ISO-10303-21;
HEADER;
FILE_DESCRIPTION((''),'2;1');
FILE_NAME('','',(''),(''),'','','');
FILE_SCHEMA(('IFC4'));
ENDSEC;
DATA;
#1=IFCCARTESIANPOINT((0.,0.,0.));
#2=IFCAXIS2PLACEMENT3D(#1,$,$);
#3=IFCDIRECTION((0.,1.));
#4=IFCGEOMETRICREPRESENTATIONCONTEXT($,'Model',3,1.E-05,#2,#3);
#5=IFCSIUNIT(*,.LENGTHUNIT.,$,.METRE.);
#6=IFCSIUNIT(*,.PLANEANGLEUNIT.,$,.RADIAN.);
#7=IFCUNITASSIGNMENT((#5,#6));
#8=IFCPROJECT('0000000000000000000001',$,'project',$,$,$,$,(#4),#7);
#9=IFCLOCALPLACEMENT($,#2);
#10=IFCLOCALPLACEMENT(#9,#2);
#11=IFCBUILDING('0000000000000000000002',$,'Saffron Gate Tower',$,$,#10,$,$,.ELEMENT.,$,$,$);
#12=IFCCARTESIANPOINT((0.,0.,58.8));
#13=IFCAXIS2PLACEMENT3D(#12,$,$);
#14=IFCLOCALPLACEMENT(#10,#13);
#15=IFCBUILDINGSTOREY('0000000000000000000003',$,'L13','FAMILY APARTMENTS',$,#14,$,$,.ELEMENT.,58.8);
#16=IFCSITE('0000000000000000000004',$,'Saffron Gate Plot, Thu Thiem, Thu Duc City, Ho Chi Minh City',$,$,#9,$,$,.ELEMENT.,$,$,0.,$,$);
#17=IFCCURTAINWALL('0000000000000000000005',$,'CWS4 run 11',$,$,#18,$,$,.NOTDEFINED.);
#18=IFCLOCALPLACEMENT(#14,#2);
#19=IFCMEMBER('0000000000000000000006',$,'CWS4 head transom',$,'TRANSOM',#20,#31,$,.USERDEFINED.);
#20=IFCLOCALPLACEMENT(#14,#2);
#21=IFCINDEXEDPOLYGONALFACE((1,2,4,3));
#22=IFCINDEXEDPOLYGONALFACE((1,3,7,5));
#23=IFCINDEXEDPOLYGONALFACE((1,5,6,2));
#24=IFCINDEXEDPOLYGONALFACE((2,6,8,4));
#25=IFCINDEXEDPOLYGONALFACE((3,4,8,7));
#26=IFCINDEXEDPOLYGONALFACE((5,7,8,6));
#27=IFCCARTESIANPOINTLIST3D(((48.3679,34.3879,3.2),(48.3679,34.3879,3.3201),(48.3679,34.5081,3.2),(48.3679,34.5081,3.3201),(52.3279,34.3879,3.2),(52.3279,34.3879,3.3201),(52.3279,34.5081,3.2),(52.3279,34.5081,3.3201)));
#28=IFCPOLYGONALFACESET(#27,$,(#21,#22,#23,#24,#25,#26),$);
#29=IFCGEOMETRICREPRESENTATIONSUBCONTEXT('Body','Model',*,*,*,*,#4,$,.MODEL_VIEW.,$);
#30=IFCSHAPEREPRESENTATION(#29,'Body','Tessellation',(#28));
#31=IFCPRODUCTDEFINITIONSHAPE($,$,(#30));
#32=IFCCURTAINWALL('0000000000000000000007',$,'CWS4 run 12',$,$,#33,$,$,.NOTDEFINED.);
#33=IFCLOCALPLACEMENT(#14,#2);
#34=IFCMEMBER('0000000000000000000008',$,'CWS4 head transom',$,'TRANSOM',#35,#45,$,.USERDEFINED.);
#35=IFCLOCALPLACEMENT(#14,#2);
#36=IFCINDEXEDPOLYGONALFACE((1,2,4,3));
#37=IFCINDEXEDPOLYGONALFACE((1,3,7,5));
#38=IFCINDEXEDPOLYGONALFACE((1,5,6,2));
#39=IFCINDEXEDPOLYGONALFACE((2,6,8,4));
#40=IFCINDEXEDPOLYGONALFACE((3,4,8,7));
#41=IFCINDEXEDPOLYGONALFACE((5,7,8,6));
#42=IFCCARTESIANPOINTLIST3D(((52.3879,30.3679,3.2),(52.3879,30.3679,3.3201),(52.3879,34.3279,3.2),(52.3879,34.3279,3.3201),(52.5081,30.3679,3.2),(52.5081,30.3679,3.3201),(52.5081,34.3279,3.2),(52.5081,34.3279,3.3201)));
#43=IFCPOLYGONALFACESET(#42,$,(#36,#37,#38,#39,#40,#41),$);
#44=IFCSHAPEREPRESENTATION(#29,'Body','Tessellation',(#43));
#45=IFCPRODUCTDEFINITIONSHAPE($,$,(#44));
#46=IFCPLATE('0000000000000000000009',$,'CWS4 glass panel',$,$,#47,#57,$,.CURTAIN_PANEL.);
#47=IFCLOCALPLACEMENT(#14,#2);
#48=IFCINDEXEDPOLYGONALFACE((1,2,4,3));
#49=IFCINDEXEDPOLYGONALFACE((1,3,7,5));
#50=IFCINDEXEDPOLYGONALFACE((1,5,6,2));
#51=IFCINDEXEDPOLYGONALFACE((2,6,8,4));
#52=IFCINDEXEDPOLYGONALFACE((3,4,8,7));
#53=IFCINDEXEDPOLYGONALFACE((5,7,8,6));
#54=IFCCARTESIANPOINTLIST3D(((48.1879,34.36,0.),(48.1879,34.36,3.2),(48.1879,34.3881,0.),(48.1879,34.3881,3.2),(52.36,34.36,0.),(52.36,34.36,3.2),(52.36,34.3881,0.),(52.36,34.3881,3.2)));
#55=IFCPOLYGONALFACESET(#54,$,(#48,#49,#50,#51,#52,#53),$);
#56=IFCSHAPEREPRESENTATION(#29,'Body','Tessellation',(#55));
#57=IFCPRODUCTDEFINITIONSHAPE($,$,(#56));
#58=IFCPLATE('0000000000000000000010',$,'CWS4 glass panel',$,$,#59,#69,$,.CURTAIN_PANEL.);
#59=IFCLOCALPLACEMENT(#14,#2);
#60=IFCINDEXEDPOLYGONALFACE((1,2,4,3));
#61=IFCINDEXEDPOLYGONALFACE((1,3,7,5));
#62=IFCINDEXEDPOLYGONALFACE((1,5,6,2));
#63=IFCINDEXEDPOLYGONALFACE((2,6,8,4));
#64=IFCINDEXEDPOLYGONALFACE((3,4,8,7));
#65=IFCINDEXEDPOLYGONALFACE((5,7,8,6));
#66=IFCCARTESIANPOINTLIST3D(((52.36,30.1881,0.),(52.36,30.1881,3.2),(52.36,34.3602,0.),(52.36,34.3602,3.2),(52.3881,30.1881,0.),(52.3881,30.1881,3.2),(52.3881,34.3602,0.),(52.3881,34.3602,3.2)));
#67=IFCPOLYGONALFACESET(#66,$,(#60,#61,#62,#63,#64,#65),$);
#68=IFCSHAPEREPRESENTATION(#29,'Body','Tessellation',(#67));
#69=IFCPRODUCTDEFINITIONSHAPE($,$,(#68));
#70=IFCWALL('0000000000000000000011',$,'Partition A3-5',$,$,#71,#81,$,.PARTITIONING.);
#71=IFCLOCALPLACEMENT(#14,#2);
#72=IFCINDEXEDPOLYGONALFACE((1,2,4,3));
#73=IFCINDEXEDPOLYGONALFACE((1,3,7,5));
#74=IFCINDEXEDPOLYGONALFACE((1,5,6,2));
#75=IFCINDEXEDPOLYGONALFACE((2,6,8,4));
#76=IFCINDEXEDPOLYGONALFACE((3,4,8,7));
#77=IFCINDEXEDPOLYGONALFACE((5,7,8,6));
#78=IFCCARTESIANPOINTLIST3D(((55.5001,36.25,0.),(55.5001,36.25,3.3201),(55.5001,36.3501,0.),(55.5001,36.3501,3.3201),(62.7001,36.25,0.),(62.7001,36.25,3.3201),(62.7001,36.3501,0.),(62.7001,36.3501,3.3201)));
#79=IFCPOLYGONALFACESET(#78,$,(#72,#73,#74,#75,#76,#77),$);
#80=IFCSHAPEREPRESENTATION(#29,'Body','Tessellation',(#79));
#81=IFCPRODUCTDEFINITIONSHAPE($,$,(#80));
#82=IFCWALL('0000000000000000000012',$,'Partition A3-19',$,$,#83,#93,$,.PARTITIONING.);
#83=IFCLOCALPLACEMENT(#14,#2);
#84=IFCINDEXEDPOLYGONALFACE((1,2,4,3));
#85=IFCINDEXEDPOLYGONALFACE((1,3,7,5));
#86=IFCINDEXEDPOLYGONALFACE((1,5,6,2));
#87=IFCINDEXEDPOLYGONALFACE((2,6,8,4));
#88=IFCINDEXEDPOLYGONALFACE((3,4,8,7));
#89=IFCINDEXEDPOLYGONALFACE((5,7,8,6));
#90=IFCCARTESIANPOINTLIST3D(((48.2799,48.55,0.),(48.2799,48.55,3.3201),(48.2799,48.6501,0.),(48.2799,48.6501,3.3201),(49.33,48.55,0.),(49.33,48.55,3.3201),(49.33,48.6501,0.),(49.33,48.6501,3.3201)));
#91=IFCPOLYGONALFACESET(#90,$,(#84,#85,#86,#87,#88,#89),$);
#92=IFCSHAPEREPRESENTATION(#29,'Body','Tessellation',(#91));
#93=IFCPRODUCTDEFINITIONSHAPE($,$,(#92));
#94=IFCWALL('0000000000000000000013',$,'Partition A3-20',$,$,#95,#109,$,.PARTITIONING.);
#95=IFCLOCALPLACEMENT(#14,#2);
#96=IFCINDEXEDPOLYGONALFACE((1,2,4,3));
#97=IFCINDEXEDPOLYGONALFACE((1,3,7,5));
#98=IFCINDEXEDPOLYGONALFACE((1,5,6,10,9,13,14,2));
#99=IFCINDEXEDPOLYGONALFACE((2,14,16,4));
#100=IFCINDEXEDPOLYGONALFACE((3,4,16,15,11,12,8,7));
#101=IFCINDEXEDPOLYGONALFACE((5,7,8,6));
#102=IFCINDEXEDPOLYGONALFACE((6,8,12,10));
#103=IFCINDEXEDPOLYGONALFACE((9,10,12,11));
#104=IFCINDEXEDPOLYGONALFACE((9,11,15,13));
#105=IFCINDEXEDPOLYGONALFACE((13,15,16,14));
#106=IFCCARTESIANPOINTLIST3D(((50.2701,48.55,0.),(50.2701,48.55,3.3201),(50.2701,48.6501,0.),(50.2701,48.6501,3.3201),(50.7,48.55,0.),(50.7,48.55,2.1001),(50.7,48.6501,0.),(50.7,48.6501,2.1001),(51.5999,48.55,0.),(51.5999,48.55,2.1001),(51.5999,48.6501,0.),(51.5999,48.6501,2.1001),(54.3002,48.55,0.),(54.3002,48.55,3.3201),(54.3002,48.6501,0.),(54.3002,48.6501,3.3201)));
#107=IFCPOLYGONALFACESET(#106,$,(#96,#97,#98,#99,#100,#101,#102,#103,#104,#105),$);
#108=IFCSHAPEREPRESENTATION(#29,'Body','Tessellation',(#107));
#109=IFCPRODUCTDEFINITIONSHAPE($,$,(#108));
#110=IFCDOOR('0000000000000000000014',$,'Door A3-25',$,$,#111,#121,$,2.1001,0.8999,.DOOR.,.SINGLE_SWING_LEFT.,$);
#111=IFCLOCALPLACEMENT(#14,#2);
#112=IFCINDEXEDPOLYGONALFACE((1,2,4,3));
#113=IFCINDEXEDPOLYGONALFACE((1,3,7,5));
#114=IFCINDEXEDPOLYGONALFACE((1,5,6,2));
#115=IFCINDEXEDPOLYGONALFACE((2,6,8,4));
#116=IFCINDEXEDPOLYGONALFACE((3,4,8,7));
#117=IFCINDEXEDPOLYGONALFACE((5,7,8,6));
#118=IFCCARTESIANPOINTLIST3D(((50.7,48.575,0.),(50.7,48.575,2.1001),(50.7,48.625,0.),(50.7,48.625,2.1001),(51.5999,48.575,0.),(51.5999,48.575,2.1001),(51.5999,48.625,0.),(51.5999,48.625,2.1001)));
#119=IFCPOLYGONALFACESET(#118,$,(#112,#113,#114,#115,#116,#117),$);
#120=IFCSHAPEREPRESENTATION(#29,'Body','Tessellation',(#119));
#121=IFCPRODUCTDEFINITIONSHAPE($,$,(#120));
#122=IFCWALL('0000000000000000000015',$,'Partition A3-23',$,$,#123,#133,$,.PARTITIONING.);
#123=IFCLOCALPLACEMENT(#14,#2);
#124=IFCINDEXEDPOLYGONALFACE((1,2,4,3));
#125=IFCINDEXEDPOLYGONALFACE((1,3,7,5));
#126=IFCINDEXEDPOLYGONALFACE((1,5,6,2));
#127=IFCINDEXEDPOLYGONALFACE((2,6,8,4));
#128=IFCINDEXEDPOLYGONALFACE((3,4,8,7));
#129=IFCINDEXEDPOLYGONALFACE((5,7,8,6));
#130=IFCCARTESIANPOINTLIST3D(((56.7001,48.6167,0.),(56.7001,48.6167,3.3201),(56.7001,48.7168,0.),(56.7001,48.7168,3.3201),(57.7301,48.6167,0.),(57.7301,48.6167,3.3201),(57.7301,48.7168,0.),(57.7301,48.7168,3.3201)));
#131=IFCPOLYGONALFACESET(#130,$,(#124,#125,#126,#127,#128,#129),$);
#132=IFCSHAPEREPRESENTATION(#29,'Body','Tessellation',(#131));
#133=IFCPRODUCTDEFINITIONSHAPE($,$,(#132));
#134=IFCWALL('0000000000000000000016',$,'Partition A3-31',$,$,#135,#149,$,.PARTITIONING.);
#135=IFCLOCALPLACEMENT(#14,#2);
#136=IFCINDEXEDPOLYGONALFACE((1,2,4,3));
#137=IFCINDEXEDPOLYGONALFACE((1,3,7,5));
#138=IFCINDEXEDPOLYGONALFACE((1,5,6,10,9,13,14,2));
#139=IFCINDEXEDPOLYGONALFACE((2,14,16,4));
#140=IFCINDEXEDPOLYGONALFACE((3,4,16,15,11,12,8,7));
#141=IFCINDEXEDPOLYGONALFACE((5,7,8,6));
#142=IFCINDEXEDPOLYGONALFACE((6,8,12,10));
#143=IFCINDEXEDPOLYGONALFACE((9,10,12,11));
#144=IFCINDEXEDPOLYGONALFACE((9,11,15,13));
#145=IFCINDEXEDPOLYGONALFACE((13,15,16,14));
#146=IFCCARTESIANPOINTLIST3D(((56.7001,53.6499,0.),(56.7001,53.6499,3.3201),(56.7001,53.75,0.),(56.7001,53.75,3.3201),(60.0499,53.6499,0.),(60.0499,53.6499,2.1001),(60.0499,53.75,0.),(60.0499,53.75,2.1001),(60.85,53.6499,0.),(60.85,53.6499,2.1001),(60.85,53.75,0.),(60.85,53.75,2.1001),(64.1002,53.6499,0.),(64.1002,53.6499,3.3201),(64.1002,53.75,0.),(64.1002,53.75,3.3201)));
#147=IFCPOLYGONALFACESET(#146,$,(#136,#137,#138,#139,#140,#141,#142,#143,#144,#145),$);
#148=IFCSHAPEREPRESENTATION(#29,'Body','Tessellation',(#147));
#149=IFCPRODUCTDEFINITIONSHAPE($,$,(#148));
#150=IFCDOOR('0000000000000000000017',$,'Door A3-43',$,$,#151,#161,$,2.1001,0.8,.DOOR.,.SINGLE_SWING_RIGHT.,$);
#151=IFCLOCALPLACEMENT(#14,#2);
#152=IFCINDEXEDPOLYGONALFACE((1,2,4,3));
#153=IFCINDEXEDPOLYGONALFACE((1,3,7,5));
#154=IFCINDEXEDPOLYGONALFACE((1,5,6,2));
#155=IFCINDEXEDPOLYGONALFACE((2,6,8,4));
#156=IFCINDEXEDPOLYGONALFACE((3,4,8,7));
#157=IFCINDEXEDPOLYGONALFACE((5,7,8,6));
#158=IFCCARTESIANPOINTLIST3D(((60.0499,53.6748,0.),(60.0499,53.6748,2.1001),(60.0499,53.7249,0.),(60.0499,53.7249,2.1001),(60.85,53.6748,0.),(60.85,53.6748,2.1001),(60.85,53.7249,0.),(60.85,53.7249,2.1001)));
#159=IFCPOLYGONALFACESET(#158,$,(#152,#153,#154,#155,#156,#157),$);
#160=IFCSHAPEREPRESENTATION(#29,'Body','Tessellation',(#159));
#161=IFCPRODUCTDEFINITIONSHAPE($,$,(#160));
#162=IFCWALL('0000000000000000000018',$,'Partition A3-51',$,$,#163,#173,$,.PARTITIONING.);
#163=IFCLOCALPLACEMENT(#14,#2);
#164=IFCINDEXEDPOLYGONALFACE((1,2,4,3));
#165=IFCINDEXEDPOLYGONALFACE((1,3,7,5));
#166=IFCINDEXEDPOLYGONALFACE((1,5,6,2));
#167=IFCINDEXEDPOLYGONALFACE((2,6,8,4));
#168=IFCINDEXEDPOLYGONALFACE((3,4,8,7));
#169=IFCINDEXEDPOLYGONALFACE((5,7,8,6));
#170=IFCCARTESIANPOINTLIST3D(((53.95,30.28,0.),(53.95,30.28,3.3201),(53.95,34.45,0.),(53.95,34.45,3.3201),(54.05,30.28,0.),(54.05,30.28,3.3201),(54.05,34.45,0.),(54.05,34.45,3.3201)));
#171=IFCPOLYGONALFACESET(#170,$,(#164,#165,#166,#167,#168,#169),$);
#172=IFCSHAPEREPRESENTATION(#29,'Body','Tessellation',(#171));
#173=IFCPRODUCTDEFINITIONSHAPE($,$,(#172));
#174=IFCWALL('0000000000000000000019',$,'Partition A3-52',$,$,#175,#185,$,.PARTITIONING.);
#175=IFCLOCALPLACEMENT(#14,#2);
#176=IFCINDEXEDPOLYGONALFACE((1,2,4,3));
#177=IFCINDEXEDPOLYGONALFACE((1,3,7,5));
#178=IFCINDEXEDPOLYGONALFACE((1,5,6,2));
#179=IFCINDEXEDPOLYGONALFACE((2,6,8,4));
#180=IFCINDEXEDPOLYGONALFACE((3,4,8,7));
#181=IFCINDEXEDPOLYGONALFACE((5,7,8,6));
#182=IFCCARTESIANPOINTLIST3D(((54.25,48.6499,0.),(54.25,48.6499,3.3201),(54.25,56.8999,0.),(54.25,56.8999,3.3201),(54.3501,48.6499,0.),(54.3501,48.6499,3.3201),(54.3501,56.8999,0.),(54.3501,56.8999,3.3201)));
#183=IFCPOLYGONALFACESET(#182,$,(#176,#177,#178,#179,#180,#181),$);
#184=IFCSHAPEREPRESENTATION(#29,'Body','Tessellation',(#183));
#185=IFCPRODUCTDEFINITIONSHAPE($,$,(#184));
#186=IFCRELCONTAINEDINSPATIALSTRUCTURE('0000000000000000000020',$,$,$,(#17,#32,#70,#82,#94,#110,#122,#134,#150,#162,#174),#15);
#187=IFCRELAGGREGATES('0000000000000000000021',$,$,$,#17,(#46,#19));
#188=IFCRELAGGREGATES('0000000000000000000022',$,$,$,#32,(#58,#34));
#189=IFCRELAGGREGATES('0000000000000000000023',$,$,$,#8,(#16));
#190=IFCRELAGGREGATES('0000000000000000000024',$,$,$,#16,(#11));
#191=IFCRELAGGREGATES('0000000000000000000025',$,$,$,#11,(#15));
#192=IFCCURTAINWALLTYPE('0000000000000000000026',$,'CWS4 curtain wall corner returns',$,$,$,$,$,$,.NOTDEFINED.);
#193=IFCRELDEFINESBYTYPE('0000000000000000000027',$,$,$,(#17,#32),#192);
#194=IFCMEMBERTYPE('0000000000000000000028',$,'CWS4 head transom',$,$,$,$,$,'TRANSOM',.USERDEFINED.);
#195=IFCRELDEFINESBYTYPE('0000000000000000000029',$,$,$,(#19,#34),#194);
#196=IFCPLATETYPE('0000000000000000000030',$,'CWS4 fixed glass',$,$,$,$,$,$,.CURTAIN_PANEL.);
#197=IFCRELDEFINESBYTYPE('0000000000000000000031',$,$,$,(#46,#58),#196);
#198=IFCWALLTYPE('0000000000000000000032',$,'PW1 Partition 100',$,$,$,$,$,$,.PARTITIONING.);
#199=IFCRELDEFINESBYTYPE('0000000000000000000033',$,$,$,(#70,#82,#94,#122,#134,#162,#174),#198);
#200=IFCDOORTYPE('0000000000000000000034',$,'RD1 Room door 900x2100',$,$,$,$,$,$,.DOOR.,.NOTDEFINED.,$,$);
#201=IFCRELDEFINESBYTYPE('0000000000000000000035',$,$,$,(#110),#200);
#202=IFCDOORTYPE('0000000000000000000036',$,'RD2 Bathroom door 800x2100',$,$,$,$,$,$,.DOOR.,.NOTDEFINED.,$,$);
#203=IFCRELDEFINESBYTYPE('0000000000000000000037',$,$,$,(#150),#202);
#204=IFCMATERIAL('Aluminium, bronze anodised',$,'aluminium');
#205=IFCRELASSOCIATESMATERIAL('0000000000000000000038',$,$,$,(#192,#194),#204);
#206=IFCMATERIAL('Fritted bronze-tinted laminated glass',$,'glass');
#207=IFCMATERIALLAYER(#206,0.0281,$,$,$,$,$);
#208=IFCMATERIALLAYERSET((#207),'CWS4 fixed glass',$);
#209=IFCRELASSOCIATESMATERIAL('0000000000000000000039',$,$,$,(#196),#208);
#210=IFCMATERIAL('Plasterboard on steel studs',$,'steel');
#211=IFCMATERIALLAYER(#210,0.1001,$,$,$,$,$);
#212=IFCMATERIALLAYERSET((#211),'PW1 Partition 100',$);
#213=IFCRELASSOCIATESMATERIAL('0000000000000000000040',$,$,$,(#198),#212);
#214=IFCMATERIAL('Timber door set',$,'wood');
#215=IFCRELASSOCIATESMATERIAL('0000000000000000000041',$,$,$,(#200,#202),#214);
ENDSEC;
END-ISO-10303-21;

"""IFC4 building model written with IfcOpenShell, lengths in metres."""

from ifc_helpers import new_model, si_unit, direction, frame, frame_2d, origin, origin_2d, place, context, subcontext, project, spatial, rectangle, extrude, material, layer, layer_set, material_profile, profile_set, type_object, element, fill, aggregate, save


model = new_model("IFC4")

# Units and contexts
model_context = context("Model", 3, precision=1e-05, world=origin(), true_north=direction((0.0, 1.0)))
body_context = subcontext(model_context, "Body", "Model", "MODEL_VIEW")
ifc_project = project(units=[si_unit("LENGTHUNIT", "METRE"), si_unit("PLANEANGLEUNIT", "RADIAN")], contexts=[model_context])

# Site, building, storey
site_placement = place(None, origin())
site = spatial("IfcSite", under=ifc_project, at=site_placement, Name="Saffron Gate Plot, Thu Thiem, Thu Duc City, Ho Chi Minh City", CompositionType="ELEMENT", RefElevation=0.0)
building_placement = place(site_placement, origin())
building = spatial("IfcBuilding", under=site, at=building_placement, Name="Saffron Gate Tower", CompositionType="ELEMENT")
storey_placement = place(building_placement, frame((0.0, 0.0, 58.8)))
storey = spatial("IfcBuildingStorey", under=building, at=storey_placement, Name="L13", Description="FAMILY APARTMENTS", CompositionType="ELEMENT", Elevation=58.8)

# Shared definitions
ifc_material_1 = material(Name="Aluminium, bronze anodised", Category="aluminium")

# Curtain walls, members
curtain_wall_type_1 = type_object("IfcCurtainWallType", Name="CWS4 curtain wall corner returns", PredefinedType="NOTDEFINED", material=ifc_material_1)
curtain_wall_1_placement = place(storey_placement, origin())
curtain_wall_1 = element("IfcCurtainWall", 1, at=curtain_wall_1_placement, inside=storey, type_object=curtain_wall_type_1, Name="CWS4 run 11", PredefinedType="NOTDEFINED")
ifc_material_profile_1 = material_profile(ifc_material_1, rectangle(XDim=0.1201, YDim=0.1201, at=origin_2d()))
ifc_profile_set_1 = profile_set([ifc_material_profile_1], Name="Aluminium, bronze anodised")
member_type_1 = type_object("IfcMemberType", Name="CWS4 head transom", ElementType="TRANSOM", PredefinedType="USERDEFINED", material=ifc_profile_set_1)
member_1_placement = place(storey_placement, frame((48.3679, 34.448, 3.26), z_axis=(1.0, 0.0, 0.0), x_axis=(0.0, 1.0, 0.0)))
member_1 = element("IfcMember", 2, at=member_1_placement, type_object=member_type_1, Name="CWS4 head transom", ObjectType="TRANSOM", PredefinedType="USERDEFINED", context=body_context, shape_type="SweptSolid", body=[
    extrude(rectangle(XDim=0.1201, YDim=0.1201, at=origin_2d()), origin(), (0.0, 0.0, 1.0), 3.96),
])
curtain_wall_2_placement = place(storey_placement, origin())
curtain_wall_2 = element("IfcCurtainWall", 3, at=curtain_wall_2_placement, inside=storey, type_object=curtain_wall_type_1, Name="CWS4 run 12", PredefinedType="NOTDEFINED")
member_2_placement = place(storey_placement, frame((52.448, 34.3279, 3.26), z_axis=(0.0, -1.0, 0.0), x_axis=(1.0, 0.0, 0.0)))
member_2 = element("IfcMember", 4, at=member_2_placement, type_object=member_type_1, Name="CWS4 head transom", ObjectType="TRANSOM", PredefinedType="USERDEFINED", context=body_context, shape_type="SweptSolid", body=[
    extrude(rectangle(XDim=0.1201, YDim=0.1201, at=origin_2d()), origin(), (0.0, 0.0, 1.0), 3.96),
])

# Plates
ifc_material_2 = material(Name="Fritted bronze-tinted laminated glass", Category="glass")
ifc_layer_1 = layer(ifc_material_2, 0.0281)
ifc_layer_set_1 = layer_set([ifc_layer_1], Name="CWS4 fixed glass")
plate_type = type_object("IfcPlateType", Name="CWS4 fixed glass", PredefinedType="CURTAIN_PANEL", material=ifc_layer_set_1)
plate_1_placement = place(storey_placement, frame((48.188, 34.374, 0.0), z_axis=(0.0, 0.0, 1.0), x_axis=(1.0, 0.0, 0.0)))
plate_1 = element("IfcPlate", 5, at=plate_1_placement, type_object=plate_type, Name="CWS4 glass panel", PredefinedType="CURTAIN_PANEL", context=body_context, shape_type="SweptSolid", body=[
    extrude(rectangle(XDim=4.1721, YDim=0.0281, at=frame_2d((2.0859, 0.0))), origin(), (0.0, 0.0, 1.0), 3.2),
])
aggregate(curtain_wall_1, [plate_1, member_1])
plate_2_placement = place(storey_placement, frame((52.374, 34.3601, 0.0), z_axis=(0.0, 0.0, 1.0), x_axis=(0.0, -1.0, 0.0)))
plate_2 = element("IfcPlate", 6, at=plate_2_placement, type_object=plate_type, Name="CWS4 glass panel", PredefinedType="CURTAIN_PANEL", context=body_context, shape_type="SweptSolid", body=[
    extrude(rectangle(XDim=4.1721, YDim=0.0281, at=frame_2d((2.0859, 0.0))), origin(), (0.0, 0.0, 1.0), 3.2),
])
aggregate(curtain_wall_2, [plate_2, member_2])

# Walls
ifc_material_3 = material(Name="Plasterboard on steel studs", Category="steel")
ifc_layer_2 = layer(ifc_material_3, 0.1001)
ifc_layer_set_2 = layer_set([ifc_layer_2], Name="PW1 Partition 100")
wall_type_1 = type_object("IfcWallType", Name="PW1 Partition 100", PredefinedType="PARTITIONING", material=ifc_layer_set_2)
wall_1_placement = place(storey_placement, frame((55.5, 36.3, 0.0), z_axis=(0.0, 0.0, 1.0), x_axis=(1.0, 0.0, 0.0)))
element("IfcWall", 7, at=wall_1_placement, inside=storey, type_object=wall_type_1, Name="Partition A3-5", PredefinedType="PARTITIONING", context=body_context, shape_type="SweptSolid", body=[
    extrude(rectangle(XDim=7.2, YDim=0.1001, at=frame_2d((3.6001, 0.0))), origin(), (0.0, 0.0, 1.0), 3.3201),
])
wall_2_placement = place(storey_placement, frame((48.28, 48.6001, 0.0), z_axis=(0.0, 0.0, 1.0), x_axis=(1.0, 0.0, 0.0)))
element("IfcWall", 8, at=wall_2_placement, inside=storey, type_object=wall_type_1, Name="Partition A3-19", PredefinedType="PARTITIONING", context=body_context, shape_type="SweptSolid", body=[
    extrude(rectangle(XDim=1.05, YDim=0.1001, at=frame_2d((0.5249, 0.0))), origin(), (0.0, 0.0, 1.0), 3.3201),
])

# Wall, opening, door
wall_3_placement = place(storey_placement, frame((50.27, 48.6001, 0.0), z_axis=(0.0, 0.0, 1.0), x_axis=(1.0, 0.0, 0.0)))
wall_3 = element("IfcWall", 9, at=wall_3_placement, inside=storey, type_object=wall_type_1, Name="Partition A3-20", PredefinedType="PARTITIONING", context=body_context, shape_type="SweptSolid", body=[
    extrude(rectangle(XDim=4.03, YDim=0.1001, at=frame_2d((2.0151, 0.0))), origin(), (0.0, 0.0, 1.0), 3.3201),
])
opening_1_placement = place(wall_3_placement, frame((0.4299, 0.0, 0.0)))
opening_1 = element("IfcOpeningElement", 10, at=opening_1_placement, cuts=wall_3, PredefinedType="OPENING", context=body_context, shape_type="SweptSolid", body=[
    extrude(rectangle(XDim=0.8999, YDim=2.1001, at=frame_2d((0.45, 1.05))), frame((0.0, 0.0601, 0.0), z_axis=(0.0, -1.0, 0.0), x_axis=(1.0, 0.0, 0.0)), (0.0, 0.0, 1.0), 0.1201),
])
ifc_material_4 = material(Name="Timber door set", Category="wood")
door_type_1 = type_object("IfcDoorType", Name="RD1 Room door 900x2100", OperationType="NOTDEFINED", PredefinedType="DOOR", material=ifc_material_4)
door_1_placement = place(opening_1_placement, origin())
door_1 = element("IfcDoor", 11, at=door_1_placement, inside=storey, type_object=door_type_1, Name="Door A3-25", OperationType="SINGLE_SWING_LEFT", OverallHeight=2.1001, OverallWidth=0.8999, PredefinedType="DOOR", context=body_context, shape_type="SweptSolid", body=[
    extrude(rectangle(XDim=0.8999, YDim=2.1001, at=frame_2d((0.45, 1.05))), frame((0.0, 0.0249, 0.0), z_axis=(0.0, -1.0, 0.0), x_axis=(1.0, 0.0, 0.0)), (0.0, 0.0, 1.0), 0.05),
])
fill(opening_1, door_1)

# Wall
wall_4_placement = place(storey_placement, frame((56.7, 48.6667, 0.0), z_axis=(0.0, 0.0, 1.0), x_axis=(1.0, 0.0, 0.0)))
element("IfcWall", 12, at=wall_4_placement, inside=storey, type_object=wall_type_1, Name="Partition A3-23", PredefinedType="PARTITIONING", context=body_context, shape_type="SweptSolid", body=[
    extrude(rectangle(XDim=1.03, YDim=0.1001, at=frame_2d((0.5151, 0.0))), origin(), (0.0, 0.0, 1.0), 3.3201),
])

# Wall, opening, door
wall_5_placement = place(storey_placement, frame((56.7, 53.7, 0.0), z_axis=(0.0, 0.0, 1.0), x_axis=(1.0, 0.0, 0.0)))
wall_5 = element("IfcWall", 13, at=wall_5_placement, inside=storey, type_object=wall_type_1, Name="Partition A3-31", PredefinedType="PARTITIONING", context=body_context, shape_type="SweptSolid", body=[
    extrude(rectangle(XDim=7.4001, YDim=0.1001, at=frame_2d((3.7002, 0.0))), origin(), (0.0, 0.0, 1.0), 3.3201),
])
opening_2_placement = place(wall_5_placement, frame((3.3501, 0.0, 0.0)))
opening_2 = element("IfcOpeningElement", 14, at=opening_2_placement, cuts=wall_5, PredefinedType="OPENING", context=body_context, shape_type="SweptSolid", body=[
    extrude(rectangle(XDim=0.8, YDim=2.1001, at=frame_2d((0.3999, 1.05))), frame((0.0, 0.0601, 0.0), z_axis=(0.0, -1.0, 0.0), x_axis=(1.0, 0.0, 0.0)), (0.0, 0.0, 1.0), 0.1201),
])
door_type_2 = type_object("IfcDoorType", Name="RD2 Bathroom door 800x2100", OperationType="NOTDEFINED", PredefinedType="DOOR", material=ifc_material_4)
door_2_placement = place(opening_2_placement, origin())
door_2 = element("IfcDoor", 15, at=door_2_placement, inside=storey, type_object=door_type_2, Name="Door A3-43", OperationType="SINGLE_SWING_RIGHT", OverallHeight=2.1001, OverallWidth=0.8, PredefinedType="DOOR", context=body_context, shape_type="SweptSolid", body=[
    extrude(rectangle(XDim=0.8, YDim=2.1001, at=frame_2d((0.3999, 1.05))), frame((0.0, 0.0249, 0.0), z_axis=(0.0, -1.0, 0.0), x_axis=(1.0, 0.0, 0.0)), (0.0, 0.0, 1.0), 0.05),
])
fill(opening_2, door_2)

# Walls
wall_6_placement = place(storey_placement, frame((54.0, 34.45, 0.0), z_axis=(0.0, 0.0, 1.0), x_axis=(0.0, -1.0, 0.0)))
element("IfcWall", 16, at=wall_6_placement, inside=storey, type_object=wall_type_1, Name="Partition A3-51", PredefinedType="PARTITIONING", context=body_context, shape_type="SweptSolid", body=[
    extrude(rectangle(XDim=4.1699, YDim=0.1001, at=frame_2d((2.085, 0.0))), origin(), (0.0, 0.0, 1.0), 3.3201),
])
wall_7_placement = place(storey_placement, frame((54.3, 56.8999, 0.0), z_axis=(0.0, 0.0, 1.0), x_axis=(0.0, -1.0, 0.0)))
element("IfcWall", 17, at=wall_7_placement, inside=storey, type_object=wall_type_1, Name="Partition A3-52", PredefinedType="PARTITIONING", context=body_context, shape_type="SweptSolid", body=[
    extrude(rectangle(XDim=8.25, YDim=0.1001, at=frame_2d((4.125, 0.0))), origin(), (0.0, 0.0, 1.0), 3.3201),
])

save(model, "model.ifc")
